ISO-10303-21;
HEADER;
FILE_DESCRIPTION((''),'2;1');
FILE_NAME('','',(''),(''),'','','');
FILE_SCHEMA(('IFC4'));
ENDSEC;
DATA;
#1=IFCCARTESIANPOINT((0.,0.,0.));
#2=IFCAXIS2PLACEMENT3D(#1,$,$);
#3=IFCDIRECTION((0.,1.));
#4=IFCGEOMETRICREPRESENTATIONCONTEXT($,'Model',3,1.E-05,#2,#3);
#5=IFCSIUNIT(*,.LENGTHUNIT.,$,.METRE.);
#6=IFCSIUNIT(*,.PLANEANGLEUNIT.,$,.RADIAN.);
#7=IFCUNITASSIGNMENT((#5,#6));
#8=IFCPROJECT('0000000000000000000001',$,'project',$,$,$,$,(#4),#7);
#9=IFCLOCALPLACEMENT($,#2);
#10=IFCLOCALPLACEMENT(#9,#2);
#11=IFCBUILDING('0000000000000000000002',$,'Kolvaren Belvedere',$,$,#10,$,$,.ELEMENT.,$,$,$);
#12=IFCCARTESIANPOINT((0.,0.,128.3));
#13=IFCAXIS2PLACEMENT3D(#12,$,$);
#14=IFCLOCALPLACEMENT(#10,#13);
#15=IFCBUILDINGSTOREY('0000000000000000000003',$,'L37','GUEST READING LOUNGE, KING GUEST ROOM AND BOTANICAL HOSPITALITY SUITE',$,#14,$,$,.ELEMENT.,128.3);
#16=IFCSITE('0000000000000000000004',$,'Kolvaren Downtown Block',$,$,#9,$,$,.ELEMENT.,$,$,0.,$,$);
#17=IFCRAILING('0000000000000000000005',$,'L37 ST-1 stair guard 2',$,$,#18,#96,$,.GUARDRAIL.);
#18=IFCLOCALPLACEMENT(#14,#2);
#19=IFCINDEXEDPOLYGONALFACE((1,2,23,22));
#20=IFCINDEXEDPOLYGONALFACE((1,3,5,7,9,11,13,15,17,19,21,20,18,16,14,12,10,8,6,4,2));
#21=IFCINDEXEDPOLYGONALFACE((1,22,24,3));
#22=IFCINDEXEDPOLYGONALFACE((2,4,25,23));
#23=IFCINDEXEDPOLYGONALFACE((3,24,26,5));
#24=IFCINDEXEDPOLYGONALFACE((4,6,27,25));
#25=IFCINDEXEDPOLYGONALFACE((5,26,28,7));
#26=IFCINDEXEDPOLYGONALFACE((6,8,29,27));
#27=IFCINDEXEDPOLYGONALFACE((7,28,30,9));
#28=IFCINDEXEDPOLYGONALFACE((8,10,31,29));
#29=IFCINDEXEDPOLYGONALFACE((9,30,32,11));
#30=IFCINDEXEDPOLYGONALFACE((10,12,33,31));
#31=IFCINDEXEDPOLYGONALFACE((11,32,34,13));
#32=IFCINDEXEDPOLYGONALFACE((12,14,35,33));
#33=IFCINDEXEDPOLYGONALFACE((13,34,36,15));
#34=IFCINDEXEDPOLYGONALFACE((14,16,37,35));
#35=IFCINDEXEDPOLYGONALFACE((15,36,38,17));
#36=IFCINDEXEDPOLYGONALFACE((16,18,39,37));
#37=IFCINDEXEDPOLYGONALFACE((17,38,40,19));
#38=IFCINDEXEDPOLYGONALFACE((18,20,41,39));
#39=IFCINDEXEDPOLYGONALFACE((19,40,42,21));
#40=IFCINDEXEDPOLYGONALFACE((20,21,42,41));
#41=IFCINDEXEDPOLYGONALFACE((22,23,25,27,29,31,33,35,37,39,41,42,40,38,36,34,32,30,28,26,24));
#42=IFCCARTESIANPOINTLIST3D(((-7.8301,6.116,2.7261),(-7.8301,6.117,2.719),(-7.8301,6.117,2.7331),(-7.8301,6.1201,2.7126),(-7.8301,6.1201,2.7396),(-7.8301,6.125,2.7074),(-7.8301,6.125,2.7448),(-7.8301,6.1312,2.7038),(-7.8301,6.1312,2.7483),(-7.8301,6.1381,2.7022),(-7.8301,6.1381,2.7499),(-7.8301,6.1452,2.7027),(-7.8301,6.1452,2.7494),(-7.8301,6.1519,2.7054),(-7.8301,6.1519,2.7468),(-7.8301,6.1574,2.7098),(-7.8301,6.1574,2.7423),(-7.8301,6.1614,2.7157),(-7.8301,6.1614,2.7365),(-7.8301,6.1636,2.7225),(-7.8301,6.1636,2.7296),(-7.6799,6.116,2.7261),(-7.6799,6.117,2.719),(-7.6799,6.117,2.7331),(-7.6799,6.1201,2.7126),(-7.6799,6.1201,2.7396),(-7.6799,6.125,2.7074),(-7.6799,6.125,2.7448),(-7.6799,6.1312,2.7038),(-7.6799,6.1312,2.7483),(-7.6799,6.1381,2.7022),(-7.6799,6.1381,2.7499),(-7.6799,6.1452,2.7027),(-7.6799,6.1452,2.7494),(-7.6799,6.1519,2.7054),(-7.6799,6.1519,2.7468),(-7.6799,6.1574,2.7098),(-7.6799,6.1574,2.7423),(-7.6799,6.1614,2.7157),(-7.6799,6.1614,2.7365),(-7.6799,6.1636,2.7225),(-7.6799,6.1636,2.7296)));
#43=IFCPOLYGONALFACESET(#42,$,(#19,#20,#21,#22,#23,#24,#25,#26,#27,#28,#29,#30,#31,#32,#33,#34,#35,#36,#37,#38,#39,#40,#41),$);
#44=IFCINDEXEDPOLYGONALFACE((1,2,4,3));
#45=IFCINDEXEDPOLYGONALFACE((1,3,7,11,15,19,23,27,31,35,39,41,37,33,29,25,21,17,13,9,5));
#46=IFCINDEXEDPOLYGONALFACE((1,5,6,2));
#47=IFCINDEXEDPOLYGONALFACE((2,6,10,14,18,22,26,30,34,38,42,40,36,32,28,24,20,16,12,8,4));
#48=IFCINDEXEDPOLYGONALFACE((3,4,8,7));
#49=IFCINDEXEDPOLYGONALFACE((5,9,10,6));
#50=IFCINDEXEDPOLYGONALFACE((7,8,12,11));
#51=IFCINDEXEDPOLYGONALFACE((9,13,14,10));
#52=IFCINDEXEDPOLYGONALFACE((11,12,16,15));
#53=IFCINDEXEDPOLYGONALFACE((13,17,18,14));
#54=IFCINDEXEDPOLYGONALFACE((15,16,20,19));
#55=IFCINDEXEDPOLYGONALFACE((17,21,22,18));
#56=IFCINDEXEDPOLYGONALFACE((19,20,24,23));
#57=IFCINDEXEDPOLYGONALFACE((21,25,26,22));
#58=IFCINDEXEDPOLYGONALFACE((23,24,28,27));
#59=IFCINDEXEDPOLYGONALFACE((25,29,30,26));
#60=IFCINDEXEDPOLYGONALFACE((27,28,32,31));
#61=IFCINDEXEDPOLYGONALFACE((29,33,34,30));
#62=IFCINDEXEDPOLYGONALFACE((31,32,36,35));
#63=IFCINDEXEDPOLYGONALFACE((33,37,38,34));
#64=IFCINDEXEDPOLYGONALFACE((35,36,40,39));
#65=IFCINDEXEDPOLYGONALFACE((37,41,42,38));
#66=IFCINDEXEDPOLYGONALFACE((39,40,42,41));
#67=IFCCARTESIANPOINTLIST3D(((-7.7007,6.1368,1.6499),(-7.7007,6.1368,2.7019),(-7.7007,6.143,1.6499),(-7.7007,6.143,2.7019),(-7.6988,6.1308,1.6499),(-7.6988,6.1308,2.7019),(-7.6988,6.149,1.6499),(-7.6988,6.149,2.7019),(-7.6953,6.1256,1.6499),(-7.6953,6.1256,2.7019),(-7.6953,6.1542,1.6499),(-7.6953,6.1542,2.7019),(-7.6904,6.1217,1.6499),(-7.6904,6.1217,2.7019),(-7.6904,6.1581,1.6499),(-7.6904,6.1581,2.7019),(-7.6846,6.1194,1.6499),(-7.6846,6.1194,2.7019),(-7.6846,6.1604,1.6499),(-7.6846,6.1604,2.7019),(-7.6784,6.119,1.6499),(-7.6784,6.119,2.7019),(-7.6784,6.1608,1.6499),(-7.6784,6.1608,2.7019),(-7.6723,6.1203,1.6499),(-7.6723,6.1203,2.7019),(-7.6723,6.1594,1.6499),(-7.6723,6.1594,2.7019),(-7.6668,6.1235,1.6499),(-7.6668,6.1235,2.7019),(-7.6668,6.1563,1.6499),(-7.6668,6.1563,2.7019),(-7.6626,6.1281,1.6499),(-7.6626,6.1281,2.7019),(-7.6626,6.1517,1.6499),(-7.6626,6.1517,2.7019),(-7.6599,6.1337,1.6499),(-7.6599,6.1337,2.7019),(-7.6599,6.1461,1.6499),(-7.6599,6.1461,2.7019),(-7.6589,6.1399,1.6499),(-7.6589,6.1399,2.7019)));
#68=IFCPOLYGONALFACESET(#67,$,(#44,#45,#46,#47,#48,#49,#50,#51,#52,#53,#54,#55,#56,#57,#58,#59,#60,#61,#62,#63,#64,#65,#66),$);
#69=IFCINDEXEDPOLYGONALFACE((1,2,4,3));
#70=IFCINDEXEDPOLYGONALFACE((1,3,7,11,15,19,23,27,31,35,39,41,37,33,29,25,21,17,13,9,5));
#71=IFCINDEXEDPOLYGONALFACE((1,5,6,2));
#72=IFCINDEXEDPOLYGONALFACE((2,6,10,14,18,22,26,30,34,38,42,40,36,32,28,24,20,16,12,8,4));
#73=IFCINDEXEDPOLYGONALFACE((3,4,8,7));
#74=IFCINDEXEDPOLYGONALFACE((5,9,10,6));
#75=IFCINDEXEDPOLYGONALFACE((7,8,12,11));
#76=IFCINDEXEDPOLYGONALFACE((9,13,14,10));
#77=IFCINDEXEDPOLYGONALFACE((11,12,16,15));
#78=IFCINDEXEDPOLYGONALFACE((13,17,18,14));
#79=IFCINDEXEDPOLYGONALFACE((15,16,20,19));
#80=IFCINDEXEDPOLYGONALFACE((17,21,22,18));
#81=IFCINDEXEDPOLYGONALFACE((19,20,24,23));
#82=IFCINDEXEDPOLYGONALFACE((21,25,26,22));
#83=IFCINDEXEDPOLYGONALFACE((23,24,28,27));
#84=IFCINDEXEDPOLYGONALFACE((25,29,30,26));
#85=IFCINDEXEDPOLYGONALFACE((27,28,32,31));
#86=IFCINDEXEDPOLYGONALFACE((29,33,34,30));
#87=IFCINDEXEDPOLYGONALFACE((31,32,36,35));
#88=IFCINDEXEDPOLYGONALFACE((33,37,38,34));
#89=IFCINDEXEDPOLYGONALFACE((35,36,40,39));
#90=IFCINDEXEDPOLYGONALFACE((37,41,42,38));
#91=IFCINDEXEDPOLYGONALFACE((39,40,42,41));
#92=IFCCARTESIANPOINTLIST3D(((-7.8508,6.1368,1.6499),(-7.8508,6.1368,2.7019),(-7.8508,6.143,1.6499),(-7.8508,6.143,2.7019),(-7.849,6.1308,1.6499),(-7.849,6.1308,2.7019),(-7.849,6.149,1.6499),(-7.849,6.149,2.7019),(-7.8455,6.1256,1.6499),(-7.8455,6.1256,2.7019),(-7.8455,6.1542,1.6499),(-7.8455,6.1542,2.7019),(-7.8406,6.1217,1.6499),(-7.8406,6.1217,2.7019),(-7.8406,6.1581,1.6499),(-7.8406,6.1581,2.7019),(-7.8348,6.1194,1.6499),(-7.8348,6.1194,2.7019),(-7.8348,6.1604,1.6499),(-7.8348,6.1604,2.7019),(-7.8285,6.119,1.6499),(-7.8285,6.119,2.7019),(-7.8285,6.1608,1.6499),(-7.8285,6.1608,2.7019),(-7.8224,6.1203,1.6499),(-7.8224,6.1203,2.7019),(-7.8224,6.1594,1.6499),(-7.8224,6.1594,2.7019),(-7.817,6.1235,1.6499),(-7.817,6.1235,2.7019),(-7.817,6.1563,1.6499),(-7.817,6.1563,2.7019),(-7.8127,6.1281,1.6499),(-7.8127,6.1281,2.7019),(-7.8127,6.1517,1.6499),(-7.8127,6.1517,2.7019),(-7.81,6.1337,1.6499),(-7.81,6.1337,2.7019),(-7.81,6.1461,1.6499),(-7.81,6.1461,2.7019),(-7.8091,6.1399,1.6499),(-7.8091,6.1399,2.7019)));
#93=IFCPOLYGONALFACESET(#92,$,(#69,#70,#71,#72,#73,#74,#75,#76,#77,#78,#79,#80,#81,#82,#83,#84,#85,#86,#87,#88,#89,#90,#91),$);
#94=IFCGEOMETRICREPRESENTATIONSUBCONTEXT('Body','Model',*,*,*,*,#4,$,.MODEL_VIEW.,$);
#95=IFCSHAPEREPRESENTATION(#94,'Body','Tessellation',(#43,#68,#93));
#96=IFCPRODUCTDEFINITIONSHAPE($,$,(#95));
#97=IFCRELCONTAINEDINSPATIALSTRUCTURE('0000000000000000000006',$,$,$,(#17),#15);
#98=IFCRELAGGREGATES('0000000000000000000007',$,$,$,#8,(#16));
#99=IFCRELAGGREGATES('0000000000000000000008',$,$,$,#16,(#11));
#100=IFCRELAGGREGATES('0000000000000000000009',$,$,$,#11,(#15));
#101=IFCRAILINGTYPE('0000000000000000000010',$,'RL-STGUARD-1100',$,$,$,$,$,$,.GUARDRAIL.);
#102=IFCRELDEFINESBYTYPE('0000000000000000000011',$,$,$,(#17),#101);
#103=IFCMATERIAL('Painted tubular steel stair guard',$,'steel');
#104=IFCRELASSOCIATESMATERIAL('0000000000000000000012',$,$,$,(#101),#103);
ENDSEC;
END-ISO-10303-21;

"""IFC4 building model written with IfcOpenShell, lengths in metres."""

from ifc_helpers import new_model, si_unit, direction, frame, origin, origin_2d, place, context, subcontext, project, spatial, circle, extrude, material, type_object, element, save


model = new_model("IFC4")

# Units and contexts
model_context = context("Model", 3, precision=1e-05, world=origin(), true_north=direction((0.0, 1.0)))
body_context = subcontext(model_context, "Body", "Model", "MODEL_VIEW")
ifc_project = project(units=[si_unit("LENGTHUNIT", "METRE"), si_unit("PLANEANGLEUNIT", "RADIAN")], contexts=[model_context])

# Site, building, storey
site_placement = place(None, origin())
site = spatial("IfcSite", under=ifc_project, at=site_placement, Name="Kolvaren Downtown Block", CompositionType="ELEMENT", RefElevation=0.0)
building_placement = place(site_placement, origin())
building = spatial("IfcBuilding", under=site, at=building_placement, Name="Kolvaren Belvedere", CompositionType="ELEMENT")
storey_placement = place(building_placement, frame((0.0, 0.0, 128.3)))
storey = spatial("IfcBuildingStorey", under=building, at=storey_placement, Name="L37", Description="GUEST READING LOUNGE, KING GUEST ROOM AND BOTANICAL HOSPITALITY SUITE", CompositionType="ELEMENT", Elevation=128.3)

# Railing
ifc_material_1 = material(Name="Painted tubular steel stair guard", Category="steel")
railing_type = type_object("IfcRailingType", Name="RL-STGUARD-1100", PredefinedType="GUARDRAIL", material=ifc_material_1)
railing_placement = place(storey_placement, frame((-7.6799, 6.1399, 1.6499)))
element("IfcRailing", 1, at=railing_placement, inside=storey, type_object=railing_type, Name="L37 ST-1 stair guard 2", PredefinedType="GUARDRAIL", context=body_context, shape_type="SweptSolid", body=[
    extrude(circle(Radius=0.0239, at=origin_2d()), frame((0.0, 0.0, 1.0762), z_axis=(-1.0, 0.0, 0.0), x_axis=(0.0, -1.0, 0.0)), (0.0, 0.0, 1.0), 0.1501),
    extrude(circle(Radius=0.021, at=origin_2d()), origin(), (0.0, 0.0, 1.0), 1.052),
    extrude(circle(Radius=0.021, at=origin_2d()), frame((-0.1501, 0.0, 0.0)), (0.0, 0.0, 1.0), 1.052),
])

save(model, "model.ifc")
